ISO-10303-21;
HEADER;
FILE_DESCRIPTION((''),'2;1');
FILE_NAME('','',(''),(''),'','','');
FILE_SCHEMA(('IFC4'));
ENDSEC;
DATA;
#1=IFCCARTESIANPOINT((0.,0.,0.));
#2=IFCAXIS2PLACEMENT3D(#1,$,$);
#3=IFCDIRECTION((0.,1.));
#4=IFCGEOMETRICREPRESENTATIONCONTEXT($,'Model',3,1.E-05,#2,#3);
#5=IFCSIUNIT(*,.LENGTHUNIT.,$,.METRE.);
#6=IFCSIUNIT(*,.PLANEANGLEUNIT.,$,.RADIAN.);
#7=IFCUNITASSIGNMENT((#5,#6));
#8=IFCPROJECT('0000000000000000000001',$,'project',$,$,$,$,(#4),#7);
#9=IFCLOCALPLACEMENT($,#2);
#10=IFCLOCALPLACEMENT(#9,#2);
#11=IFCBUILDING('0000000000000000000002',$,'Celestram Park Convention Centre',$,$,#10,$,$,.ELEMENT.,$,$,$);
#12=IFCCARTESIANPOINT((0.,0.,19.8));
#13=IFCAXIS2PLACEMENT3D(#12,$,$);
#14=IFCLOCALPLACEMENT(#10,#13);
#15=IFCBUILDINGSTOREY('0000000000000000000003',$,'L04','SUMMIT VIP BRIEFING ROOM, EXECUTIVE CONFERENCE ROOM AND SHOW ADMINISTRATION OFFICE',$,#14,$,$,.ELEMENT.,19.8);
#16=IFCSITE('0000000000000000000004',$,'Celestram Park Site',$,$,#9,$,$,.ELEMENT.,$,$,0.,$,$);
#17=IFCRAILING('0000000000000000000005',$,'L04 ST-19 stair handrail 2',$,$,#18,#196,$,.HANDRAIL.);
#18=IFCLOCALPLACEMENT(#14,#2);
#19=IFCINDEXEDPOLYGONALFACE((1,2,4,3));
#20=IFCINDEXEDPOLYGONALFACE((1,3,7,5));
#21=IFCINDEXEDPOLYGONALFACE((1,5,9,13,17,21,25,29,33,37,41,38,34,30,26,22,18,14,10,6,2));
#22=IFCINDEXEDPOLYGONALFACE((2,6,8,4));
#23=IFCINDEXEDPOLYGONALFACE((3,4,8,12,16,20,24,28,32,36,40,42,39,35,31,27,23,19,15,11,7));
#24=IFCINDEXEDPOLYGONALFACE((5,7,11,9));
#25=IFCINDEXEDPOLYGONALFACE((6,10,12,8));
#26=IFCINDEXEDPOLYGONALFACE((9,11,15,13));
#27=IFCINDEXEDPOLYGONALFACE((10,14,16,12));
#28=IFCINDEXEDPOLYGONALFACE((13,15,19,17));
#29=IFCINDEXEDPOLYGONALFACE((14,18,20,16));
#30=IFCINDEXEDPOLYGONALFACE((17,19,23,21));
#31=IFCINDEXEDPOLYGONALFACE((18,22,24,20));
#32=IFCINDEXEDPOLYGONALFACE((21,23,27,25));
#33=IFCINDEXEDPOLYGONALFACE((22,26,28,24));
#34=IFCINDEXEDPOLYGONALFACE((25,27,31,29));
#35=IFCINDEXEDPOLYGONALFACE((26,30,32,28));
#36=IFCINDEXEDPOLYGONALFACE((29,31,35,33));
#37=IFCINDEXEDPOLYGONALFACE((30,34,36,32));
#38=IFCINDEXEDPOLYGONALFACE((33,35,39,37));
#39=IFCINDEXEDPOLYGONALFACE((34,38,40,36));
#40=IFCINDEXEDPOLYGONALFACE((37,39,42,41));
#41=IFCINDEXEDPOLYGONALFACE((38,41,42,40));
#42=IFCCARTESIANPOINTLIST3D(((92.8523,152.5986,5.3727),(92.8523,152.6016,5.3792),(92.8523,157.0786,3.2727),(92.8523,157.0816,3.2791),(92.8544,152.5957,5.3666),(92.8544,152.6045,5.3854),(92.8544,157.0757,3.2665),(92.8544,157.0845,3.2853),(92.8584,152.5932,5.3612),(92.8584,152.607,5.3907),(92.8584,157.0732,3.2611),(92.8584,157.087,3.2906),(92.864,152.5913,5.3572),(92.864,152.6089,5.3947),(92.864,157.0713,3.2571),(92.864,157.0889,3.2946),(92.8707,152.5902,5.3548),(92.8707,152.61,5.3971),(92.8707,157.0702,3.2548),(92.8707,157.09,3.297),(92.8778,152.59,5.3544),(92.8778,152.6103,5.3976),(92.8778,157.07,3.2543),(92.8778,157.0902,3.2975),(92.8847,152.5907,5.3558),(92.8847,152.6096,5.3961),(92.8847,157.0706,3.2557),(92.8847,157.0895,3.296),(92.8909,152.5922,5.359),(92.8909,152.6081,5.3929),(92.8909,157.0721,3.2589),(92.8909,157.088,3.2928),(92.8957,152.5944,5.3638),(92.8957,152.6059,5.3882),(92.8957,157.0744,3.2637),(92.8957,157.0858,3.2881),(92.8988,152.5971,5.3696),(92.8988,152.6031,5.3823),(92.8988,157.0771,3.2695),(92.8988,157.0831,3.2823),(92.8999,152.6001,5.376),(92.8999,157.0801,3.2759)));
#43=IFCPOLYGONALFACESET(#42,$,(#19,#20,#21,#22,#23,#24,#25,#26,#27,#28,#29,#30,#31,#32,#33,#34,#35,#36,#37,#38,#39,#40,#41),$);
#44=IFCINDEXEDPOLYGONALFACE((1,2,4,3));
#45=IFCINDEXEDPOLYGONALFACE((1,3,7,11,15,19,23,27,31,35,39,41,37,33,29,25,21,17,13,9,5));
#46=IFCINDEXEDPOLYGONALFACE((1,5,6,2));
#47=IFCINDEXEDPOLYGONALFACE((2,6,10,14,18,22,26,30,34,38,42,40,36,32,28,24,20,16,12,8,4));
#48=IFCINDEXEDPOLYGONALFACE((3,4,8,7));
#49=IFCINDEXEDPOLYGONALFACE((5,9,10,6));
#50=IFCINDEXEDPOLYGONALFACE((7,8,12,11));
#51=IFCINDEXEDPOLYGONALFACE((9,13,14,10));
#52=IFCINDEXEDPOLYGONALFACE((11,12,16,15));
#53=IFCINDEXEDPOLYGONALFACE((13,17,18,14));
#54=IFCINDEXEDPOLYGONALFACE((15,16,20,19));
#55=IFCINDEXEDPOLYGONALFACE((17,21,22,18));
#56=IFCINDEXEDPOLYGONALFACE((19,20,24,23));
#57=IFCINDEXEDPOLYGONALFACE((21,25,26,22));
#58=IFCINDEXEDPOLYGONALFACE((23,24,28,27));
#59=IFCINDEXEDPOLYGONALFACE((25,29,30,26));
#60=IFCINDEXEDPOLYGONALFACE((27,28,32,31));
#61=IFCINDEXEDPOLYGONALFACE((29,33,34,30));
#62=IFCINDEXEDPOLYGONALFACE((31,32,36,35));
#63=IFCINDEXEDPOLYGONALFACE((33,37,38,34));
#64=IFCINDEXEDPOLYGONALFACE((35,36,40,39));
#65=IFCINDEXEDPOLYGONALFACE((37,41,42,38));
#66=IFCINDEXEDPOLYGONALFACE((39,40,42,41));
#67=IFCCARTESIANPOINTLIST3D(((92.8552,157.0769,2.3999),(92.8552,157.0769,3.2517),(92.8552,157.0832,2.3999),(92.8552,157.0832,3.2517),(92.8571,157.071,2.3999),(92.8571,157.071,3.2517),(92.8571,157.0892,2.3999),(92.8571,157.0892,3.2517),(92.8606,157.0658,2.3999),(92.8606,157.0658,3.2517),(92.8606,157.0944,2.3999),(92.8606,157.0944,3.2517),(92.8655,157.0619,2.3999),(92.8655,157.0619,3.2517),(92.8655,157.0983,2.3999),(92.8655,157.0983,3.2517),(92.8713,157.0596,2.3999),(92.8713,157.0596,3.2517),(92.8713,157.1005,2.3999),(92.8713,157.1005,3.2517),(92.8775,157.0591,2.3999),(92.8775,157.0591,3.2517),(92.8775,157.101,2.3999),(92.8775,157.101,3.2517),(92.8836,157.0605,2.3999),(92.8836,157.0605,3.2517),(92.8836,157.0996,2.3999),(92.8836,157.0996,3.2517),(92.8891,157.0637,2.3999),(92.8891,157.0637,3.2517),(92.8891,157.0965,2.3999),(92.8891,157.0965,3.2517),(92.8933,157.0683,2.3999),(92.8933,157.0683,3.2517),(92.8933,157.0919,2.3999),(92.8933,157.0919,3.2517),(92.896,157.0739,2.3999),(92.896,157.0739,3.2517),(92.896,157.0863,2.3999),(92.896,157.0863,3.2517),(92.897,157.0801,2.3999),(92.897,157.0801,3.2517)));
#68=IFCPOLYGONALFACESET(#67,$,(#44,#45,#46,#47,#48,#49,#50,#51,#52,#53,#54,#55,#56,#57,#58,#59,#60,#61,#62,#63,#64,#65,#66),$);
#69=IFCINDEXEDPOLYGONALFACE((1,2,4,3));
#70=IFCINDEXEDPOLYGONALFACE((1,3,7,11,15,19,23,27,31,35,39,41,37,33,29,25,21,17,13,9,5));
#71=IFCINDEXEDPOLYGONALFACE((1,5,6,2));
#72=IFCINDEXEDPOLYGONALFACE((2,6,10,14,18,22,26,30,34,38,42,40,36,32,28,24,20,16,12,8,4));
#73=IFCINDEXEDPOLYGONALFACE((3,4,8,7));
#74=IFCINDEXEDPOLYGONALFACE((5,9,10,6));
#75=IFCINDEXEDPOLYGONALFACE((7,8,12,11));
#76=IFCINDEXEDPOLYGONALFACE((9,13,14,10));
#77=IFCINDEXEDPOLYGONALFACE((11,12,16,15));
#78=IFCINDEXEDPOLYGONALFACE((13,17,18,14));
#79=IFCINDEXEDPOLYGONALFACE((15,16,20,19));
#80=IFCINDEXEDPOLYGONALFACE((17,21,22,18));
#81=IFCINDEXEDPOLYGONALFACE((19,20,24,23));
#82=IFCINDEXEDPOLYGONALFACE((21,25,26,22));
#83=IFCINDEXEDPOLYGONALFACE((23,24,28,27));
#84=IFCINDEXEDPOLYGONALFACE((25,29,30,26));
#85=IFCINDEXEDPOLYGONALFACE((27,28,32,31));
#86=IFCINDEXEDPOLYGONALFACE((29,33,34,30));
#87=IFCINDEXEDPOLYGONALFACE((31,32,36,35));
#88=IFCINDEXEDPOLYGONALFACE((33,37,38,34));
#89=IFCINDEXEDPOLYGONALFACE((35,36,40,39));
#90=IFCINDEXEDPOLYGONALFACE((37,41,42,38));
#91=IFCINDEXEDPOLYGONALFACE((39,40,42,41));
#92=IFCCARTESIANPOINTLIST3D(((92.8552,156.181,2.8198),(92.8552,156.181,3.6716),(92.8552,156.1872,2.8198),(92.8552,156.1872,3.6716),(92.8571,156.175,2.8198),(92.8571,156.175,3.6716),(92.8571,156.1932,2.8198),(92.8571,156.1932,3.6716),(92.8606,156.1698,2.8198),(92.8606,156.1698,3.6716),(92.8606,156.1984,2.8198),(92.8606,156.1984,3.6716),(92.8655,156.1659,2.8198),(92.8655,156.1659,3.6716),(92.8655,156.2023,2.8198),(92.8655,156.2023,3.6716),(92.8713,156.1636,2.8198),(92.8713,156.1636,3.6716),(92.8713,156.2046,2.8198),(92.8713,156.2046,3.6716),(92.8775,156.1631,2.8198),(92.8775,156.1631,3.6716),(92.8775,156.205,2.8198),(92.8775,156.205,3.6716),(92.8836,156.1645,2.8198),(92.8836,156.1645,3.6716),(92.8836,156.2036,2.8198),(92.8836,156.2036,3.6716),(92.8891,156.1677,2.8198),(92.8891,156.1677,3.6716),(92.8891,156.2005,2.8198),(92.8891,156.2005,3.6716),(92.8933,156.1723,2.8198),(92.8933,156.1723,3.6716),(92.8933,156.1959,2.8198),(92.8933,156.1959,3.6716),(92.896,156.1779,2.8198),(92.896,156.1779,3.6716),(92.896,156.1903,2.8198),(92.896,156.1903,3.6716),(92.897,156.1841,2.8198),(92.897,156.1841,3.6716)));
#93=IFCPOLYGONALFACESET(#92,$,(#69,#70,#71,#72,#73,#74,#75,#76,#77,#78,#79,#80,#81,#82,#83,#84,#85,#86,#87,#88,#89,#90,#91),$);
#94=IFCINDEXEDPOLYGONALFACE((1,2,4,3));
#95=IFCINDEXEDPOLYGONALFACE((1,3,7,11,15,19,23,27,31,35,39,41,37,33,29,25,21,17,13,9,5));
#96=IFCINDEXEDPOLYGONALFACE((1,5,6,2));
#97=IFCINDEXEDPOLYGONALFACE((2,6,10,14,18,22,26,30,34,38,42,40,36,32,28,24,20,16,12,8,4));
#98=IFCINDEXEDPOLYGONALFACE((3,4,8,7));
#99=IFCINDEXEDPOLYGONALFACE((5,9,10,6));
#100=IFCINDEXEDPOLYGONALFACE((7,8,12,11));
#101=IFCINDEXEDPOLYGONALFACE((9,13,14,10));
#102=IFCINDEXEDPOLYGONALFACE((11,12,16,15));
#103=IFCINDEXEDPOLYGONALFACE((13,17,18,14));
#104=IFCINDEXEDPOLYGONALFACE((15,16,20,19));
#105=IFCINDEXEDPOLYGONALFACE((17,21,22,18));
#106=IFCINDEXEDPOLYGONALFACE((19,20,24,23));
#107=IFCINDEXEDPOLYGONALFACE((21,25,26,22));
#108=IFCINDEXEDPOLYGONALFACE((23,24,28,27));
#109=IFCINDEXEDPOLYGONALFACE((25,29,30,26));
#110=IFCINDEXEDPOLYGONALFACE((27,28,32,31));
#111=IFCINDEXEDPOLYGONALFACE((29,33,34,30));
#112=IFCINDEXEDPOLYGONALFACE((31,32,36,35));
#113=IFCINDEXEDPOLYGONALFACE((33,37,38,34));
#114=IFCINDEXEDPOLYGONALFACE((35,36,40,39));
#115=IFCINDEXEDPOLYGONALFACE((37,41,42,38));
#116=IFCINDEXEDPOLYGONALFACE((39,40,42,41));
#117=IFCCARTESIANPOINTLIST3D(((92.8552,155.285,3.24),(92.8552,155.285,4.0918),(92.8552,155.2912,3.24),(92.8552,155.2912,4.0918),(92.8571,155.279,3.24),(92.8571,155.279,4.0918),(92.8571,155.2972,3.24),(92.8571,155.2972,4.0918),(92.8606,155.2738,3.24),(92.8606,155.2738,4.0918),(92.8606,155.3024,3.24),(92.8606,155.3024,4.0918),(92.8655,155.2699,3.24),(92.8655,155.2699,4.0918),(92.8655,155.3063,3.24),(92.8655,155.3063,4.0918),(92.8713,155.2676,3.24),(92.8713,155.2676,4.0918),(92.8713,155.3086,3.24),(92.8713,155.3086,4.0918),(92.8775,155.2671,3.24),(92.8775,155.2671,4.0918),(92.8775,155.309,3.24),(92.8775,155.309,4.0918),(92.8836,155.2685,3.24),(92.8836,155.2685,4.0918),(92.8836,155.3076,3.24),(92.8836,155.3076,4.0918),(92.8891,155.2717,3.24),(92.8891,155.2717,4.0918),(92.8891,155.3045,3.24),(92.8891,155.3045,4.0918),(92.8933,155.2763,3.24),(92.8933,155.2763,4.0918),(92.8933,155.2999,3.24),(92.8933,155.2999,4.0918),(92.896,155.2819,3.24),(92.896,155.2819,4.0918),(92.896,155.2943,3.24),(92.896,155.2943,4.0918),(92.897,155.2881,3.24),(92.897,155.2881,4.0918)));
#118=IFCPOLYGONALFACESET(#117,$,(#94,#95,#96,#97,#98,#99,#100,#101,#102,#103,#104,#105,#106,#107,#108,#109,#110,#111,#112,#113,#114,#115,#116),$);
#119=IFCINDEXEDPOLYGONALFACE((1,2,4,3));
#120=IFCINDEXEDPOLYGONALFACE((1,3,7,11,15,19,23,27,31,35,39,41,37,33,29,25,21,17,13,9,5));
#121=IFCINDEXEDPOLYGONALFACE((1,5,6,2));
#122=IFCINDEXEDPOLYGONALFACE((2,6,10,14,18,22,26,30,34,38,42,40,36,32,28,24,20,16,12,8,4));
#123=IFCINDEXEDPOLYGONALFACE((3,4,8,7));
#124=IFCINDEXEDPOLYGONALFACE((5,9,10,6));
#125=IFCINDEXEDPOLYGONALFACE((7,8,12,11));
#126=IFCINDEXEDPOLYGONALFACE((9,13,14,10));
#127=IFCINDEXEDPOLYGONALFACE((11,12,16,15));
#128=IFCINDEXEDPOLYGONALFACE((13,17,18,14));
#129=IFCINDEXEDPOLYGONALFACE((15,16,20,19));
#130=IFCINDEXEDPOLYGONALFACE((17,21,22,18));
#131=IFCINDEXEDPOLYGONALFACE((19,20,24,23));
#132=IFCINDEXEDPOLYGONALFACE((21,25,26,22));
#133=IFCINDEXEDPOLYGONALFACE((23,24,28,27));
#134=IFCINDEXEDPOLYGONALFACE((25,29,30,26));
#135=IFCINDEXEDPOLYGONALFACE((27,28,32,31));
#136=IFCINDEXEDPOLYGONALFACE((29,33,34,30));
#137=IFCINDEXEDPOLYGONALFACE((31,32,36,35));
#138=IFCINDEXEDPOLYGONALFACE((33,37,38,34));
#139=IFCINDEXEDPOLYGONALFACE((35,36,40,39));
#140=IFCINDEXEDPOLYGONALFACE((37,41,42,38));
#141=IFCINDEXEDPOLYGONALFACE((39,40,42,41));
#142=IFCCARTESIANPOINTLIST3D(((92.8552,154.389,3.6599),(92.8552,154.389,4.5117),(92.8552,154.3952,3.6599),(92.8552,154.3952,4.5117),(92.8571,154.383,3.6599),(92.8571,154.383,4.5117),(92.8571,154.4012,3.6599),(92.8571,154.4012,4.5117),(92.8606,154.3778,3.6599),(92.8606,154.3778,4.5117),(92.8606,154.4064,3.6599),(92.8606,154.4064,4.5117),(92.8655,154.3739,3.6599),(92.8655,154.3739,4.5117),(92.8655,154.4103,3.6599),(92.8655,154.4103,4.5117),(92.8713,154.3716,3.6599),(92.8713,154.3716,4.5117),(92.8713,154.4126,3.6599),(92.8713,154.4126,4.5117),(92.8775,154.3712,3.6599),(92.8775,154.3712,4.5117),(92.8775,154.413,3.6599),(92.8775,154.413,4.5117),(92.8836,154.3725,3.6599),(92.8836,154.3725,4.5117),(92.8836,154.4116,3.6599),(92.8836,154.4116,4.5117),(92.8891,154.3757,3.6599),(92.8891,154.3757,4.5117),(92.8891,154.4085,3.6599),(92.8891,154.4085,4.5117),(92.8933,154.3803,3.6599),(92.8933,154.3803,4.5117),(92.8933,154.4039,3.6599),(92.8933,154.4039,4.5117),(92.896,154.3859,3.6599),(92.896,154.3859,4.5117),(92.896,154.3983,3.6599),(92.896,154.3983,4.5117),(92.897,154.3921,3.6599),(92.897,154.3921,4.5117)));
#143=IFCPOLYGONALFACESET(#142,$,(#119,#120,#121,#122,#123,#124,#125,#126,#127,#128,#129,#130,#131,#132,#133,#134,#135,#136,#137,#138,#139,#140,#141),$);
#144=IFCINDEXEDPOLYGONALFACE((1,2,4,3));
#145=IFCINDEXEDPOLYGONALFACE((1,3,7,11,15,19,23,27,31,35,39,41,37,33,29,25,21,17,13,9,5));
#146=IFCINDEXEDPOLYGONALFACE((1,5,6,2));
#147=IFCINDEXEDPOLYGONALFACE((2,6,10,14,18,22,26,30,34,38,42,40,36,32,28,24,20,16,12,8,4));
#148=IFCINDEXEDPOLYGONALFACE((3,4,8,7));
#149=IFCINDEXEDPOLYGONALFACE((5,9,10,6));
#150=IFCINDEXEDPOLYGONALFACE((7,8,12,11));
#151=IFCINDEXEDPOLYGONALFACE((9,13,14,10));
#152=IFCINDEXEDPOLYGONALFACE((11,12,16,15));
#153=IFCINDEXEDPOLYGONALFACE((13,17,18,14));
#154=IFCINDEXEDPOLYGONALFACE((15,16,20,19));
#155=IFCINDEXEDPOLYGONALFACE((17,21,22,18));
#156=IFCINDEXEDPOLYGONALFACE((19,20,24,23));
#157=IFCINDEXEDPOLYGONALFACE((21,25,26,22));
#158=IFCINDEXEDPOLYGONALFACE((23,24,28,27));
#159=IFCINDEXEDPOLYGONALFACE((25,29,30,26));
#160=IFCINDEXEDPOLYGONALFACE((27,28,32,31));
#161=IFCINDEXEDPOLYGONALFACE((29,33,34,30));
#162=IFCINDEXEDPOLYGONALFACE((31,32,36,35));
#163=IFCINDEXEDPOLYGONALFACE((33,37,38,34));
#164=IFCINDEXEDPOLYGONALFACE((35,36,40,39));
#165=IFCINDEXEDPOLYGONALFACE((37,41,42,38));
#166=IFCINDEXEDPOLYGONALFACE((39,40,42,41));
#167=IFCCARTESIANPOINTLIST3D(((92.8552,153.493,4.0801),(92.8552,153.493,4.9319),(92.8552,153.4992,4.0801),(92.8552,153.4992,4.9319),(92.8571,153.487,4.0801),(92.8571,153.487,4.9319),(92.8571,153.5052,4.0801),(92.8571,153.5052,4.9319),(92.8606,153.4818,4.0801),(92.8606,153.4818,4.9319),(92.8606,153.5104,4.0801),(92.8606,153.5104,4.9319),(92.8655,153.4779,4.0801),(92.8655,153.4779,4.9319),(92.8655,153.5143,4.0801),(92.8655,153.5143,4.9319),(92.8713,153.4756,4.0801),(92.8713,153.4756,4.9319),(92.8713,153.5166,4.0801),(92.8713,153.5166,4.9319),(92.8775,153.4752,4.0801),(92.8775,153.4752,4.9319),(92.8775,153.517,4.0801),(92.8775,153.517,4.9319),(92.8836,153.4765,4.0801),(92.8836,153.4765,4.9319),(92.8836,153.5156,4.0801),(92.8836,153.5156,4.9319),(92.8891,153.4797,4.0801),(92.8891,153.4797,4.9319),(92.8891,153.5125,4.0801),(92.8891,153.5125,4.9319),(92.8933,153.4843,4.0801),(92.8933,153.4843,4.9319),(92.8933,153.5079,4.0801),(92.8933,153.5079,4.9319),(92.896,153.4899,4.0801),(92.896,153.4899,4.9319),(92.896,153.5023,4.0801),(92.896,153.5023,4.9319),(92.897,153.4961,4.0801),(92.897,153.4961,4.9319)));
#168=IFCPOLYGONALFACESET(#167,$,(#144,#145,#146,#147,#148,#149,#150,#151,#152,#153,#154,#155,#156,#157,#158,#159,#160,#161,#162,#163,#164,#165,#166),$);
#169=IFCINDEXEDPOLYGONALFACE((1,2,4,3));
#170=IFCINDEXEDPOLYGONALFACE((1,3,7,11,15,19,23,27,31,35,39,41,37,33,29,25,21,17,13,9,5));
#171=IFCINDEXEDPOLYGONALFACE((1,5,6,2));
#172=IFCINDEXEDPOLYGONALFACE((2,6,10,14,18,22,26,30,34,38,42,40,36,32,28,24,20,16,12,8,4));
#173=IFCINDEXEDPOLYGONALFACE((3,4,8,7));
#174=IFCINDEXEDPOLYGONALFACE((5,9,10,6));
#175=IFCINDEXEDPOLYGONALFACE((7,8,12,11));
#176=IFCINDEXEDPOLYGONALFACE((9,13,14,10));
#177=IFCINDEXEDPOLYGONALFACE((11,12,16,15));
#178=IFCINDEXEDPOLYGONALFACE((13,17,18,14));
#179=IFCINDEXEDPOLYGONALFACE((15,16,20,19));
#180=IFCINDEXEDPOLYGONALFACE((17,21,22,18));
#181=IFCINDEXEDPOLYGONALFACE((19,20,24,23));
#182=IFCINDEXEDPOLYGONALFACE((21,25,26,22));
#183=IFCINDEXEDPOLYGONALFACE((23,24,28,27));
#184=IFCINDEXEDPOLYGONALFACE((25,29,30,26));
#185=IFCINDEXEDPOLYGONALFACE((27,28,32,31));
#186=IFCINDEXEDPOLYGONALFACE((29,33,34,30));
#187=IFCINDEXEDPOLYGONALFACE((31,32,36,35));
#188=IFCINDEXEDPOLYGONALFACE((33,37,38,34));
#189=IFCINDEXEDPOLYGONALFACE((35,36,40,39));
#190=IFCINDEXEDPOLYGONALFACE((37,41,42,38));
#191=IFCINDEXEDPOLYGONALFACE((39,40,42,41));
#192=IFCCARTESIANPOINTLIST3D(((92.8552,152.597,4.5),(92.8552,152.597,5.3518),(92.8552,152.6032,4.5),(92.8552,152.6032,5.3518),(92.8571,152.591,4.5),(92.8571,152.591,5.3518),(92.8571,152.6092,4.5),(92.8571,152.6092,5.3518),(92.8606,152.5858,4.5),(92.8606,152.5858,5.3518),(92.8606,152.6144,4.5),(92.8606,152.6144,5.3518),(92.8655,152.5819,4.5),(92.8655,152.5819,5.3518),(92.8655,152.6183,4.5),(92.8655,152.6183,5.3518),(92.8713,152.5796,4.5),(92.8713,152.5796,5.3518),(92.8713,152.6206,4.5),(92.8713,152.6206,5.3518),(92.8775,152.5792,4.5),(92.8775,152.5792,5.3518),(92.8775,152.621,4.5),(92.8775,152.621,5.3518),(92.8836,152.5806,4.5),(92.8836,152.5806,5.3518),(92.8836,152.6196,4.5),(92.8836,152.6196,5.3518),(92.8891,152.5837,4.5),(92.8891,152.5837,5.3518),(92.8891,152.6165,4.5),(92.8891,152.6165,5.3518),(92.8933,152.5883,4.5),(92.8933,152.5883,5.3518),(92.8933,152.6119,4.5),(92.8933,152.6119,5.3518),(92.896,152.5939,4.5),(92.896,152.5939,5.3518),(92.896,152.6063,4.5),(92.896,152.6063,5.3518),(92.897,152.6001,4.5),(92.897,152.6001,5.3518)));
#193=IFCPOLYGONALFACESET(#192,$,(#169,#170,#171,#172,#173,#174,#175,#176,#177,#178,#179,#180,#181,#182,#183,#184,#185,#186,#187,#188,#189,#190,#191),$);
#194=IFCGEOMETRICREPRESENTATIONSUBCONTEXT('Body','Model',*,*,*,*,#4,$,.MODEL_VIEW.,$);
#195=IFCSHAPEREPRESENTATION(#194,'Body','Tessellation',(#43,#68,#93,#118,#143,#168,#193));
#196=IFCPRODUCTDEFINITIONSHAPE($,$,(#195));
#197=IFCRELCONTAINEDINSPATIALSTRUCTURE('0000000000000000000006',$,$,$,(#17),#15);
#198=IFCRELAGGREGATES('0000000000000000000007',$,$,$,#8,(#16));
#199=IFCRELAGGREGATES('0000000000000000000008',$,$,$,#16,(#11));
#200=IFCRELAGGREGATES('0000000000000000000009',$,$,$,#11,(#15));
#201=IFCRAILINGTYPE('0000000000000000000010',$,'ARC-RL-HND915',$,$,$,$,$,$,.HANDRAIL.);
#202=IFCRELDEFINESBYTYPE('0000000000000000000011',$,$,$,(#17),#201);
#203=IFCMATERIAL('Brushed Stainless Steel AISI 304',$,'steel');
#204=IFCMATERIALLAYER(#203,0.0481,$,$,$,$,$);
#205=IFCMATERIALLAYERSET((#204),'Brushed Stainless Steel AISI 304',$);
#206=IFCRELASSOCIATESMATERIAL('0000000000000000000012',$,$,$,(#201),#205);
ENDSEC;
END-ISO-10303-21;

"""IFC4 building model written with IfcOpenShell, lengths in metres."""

from ifc_helpers import new_model, si_unit, direction, frame, origin, origin_2d, place, context, subcontext, project, spatial, circle, extrude, material, layer, layer_set, type_object, element, save


model = new_model("IFC4")

# Units and contexts
model_context = context("Model", 3, precision=1e-05, world=origin(), true_north=direction((0.0, 1.0)))
body_context = subcontext(model_context, "Body", "Model", "MODEL_VIEW")
ifc_project = project(units=[si_unit("LENGTHUNIT", "METRE"), si_unit("PLANEANGLEUNIT", "RADIAN")], contexts=[model_context])

# Site, building, storey
site_placement = place(None, origin())
site = spatial("IfcSite", under=ifc_project, at=site_placement, Name="Celestram Park Site", CompositionType="ELEMENT", RefElevation=0.0)
building_placement = place(site_placement, origin())
building = spatial("IfcBuilding", under=site, at=building_placement, Name="Celestram Park Convention Centre", CompositionType="ELEMENT")
storey_placement = place(building_placement, frame((0.0, 0.0, 19.8)))
storey = spatial("IfcBuildingStorey", under=building, at=storey_placement, Name="L04", Description="SUMMIT VIP BRIEFING ROOM, EXECUTIVE CONFERENCE ROOM AND SHOW ADMINISTRATION OFFICE", CompositionType="ELEMENT", Elevation=19.8)

# Railing
ifc_material_1 = material(Name="Brushed Stainless Steel AISI 304", Category="steel")
ifc_layer_1 = layer(ifc_material_1, 0.0481)
ifc_layer_set_1 = layer_set([ifc_layer_1], Name="Brushed Stainless Steel AISI 304")
railing_type_1 = type_object("IfcRailingType", Name="ARC-RL-HND915", PredefinedType="HANDRAIL", material=ifc_layer_set_1)
railing_1_placement = place(storey_placement, frame((92.876, 157.0801, 2.3999)))
element("IfcRailing", 1, at=railing_1_placement, inside=storey, type_object=railing_type_1, Name="L04 ST-19 stair handrail 2", PredefinedType="HANDRAIL", context=body_context, shape_type="SweptSolid", body=[
    extrude(circle(Radius=0.0239, at=origin_2d()), frame((0.0, 0.0, 0.876), z_axis=(0.0, -0.905451, 0.424452), x_axis=(1.0, 0.0, 0.0)), (0.0, 0.0, 1.0), 4.9478),
    extrude(circle(Radius=0.021, at=origin_2d()), origin(), (0.0, 0.0, 1.0), 0.8518),
    extrude(circle(Radius=0.021, at=origin_2d()), frame((0.0, -0.896, 0.4199)), (0.0, 0.0, 1.0), 0.8518),
    extrude(circle(Radius=0.021, at=origin_2d()), frame((0.0, -1.792, 0.8401)), (0.0, 0.0, 1.0), 0.8518),
    extrude(circle(Radius=0.021, at=origin_2d()), frame((0.0, -2.688, 1.26)), (0.0, 0.0, 1.0), 0.8518),
    extrude(circle(Radius=0.021, at=origin_2d()), frame((0.0, -3.584, 1.6802)), (0.0, 0.0, 1.0), 0.8518),
    extrude(circle(Radius=0.021, at=origin_2d()), frame((0.0, -4.48, 2.1001)), (0.0, 0.0, 1.0), 0.8518),
])

save(model, "model.ifc")
